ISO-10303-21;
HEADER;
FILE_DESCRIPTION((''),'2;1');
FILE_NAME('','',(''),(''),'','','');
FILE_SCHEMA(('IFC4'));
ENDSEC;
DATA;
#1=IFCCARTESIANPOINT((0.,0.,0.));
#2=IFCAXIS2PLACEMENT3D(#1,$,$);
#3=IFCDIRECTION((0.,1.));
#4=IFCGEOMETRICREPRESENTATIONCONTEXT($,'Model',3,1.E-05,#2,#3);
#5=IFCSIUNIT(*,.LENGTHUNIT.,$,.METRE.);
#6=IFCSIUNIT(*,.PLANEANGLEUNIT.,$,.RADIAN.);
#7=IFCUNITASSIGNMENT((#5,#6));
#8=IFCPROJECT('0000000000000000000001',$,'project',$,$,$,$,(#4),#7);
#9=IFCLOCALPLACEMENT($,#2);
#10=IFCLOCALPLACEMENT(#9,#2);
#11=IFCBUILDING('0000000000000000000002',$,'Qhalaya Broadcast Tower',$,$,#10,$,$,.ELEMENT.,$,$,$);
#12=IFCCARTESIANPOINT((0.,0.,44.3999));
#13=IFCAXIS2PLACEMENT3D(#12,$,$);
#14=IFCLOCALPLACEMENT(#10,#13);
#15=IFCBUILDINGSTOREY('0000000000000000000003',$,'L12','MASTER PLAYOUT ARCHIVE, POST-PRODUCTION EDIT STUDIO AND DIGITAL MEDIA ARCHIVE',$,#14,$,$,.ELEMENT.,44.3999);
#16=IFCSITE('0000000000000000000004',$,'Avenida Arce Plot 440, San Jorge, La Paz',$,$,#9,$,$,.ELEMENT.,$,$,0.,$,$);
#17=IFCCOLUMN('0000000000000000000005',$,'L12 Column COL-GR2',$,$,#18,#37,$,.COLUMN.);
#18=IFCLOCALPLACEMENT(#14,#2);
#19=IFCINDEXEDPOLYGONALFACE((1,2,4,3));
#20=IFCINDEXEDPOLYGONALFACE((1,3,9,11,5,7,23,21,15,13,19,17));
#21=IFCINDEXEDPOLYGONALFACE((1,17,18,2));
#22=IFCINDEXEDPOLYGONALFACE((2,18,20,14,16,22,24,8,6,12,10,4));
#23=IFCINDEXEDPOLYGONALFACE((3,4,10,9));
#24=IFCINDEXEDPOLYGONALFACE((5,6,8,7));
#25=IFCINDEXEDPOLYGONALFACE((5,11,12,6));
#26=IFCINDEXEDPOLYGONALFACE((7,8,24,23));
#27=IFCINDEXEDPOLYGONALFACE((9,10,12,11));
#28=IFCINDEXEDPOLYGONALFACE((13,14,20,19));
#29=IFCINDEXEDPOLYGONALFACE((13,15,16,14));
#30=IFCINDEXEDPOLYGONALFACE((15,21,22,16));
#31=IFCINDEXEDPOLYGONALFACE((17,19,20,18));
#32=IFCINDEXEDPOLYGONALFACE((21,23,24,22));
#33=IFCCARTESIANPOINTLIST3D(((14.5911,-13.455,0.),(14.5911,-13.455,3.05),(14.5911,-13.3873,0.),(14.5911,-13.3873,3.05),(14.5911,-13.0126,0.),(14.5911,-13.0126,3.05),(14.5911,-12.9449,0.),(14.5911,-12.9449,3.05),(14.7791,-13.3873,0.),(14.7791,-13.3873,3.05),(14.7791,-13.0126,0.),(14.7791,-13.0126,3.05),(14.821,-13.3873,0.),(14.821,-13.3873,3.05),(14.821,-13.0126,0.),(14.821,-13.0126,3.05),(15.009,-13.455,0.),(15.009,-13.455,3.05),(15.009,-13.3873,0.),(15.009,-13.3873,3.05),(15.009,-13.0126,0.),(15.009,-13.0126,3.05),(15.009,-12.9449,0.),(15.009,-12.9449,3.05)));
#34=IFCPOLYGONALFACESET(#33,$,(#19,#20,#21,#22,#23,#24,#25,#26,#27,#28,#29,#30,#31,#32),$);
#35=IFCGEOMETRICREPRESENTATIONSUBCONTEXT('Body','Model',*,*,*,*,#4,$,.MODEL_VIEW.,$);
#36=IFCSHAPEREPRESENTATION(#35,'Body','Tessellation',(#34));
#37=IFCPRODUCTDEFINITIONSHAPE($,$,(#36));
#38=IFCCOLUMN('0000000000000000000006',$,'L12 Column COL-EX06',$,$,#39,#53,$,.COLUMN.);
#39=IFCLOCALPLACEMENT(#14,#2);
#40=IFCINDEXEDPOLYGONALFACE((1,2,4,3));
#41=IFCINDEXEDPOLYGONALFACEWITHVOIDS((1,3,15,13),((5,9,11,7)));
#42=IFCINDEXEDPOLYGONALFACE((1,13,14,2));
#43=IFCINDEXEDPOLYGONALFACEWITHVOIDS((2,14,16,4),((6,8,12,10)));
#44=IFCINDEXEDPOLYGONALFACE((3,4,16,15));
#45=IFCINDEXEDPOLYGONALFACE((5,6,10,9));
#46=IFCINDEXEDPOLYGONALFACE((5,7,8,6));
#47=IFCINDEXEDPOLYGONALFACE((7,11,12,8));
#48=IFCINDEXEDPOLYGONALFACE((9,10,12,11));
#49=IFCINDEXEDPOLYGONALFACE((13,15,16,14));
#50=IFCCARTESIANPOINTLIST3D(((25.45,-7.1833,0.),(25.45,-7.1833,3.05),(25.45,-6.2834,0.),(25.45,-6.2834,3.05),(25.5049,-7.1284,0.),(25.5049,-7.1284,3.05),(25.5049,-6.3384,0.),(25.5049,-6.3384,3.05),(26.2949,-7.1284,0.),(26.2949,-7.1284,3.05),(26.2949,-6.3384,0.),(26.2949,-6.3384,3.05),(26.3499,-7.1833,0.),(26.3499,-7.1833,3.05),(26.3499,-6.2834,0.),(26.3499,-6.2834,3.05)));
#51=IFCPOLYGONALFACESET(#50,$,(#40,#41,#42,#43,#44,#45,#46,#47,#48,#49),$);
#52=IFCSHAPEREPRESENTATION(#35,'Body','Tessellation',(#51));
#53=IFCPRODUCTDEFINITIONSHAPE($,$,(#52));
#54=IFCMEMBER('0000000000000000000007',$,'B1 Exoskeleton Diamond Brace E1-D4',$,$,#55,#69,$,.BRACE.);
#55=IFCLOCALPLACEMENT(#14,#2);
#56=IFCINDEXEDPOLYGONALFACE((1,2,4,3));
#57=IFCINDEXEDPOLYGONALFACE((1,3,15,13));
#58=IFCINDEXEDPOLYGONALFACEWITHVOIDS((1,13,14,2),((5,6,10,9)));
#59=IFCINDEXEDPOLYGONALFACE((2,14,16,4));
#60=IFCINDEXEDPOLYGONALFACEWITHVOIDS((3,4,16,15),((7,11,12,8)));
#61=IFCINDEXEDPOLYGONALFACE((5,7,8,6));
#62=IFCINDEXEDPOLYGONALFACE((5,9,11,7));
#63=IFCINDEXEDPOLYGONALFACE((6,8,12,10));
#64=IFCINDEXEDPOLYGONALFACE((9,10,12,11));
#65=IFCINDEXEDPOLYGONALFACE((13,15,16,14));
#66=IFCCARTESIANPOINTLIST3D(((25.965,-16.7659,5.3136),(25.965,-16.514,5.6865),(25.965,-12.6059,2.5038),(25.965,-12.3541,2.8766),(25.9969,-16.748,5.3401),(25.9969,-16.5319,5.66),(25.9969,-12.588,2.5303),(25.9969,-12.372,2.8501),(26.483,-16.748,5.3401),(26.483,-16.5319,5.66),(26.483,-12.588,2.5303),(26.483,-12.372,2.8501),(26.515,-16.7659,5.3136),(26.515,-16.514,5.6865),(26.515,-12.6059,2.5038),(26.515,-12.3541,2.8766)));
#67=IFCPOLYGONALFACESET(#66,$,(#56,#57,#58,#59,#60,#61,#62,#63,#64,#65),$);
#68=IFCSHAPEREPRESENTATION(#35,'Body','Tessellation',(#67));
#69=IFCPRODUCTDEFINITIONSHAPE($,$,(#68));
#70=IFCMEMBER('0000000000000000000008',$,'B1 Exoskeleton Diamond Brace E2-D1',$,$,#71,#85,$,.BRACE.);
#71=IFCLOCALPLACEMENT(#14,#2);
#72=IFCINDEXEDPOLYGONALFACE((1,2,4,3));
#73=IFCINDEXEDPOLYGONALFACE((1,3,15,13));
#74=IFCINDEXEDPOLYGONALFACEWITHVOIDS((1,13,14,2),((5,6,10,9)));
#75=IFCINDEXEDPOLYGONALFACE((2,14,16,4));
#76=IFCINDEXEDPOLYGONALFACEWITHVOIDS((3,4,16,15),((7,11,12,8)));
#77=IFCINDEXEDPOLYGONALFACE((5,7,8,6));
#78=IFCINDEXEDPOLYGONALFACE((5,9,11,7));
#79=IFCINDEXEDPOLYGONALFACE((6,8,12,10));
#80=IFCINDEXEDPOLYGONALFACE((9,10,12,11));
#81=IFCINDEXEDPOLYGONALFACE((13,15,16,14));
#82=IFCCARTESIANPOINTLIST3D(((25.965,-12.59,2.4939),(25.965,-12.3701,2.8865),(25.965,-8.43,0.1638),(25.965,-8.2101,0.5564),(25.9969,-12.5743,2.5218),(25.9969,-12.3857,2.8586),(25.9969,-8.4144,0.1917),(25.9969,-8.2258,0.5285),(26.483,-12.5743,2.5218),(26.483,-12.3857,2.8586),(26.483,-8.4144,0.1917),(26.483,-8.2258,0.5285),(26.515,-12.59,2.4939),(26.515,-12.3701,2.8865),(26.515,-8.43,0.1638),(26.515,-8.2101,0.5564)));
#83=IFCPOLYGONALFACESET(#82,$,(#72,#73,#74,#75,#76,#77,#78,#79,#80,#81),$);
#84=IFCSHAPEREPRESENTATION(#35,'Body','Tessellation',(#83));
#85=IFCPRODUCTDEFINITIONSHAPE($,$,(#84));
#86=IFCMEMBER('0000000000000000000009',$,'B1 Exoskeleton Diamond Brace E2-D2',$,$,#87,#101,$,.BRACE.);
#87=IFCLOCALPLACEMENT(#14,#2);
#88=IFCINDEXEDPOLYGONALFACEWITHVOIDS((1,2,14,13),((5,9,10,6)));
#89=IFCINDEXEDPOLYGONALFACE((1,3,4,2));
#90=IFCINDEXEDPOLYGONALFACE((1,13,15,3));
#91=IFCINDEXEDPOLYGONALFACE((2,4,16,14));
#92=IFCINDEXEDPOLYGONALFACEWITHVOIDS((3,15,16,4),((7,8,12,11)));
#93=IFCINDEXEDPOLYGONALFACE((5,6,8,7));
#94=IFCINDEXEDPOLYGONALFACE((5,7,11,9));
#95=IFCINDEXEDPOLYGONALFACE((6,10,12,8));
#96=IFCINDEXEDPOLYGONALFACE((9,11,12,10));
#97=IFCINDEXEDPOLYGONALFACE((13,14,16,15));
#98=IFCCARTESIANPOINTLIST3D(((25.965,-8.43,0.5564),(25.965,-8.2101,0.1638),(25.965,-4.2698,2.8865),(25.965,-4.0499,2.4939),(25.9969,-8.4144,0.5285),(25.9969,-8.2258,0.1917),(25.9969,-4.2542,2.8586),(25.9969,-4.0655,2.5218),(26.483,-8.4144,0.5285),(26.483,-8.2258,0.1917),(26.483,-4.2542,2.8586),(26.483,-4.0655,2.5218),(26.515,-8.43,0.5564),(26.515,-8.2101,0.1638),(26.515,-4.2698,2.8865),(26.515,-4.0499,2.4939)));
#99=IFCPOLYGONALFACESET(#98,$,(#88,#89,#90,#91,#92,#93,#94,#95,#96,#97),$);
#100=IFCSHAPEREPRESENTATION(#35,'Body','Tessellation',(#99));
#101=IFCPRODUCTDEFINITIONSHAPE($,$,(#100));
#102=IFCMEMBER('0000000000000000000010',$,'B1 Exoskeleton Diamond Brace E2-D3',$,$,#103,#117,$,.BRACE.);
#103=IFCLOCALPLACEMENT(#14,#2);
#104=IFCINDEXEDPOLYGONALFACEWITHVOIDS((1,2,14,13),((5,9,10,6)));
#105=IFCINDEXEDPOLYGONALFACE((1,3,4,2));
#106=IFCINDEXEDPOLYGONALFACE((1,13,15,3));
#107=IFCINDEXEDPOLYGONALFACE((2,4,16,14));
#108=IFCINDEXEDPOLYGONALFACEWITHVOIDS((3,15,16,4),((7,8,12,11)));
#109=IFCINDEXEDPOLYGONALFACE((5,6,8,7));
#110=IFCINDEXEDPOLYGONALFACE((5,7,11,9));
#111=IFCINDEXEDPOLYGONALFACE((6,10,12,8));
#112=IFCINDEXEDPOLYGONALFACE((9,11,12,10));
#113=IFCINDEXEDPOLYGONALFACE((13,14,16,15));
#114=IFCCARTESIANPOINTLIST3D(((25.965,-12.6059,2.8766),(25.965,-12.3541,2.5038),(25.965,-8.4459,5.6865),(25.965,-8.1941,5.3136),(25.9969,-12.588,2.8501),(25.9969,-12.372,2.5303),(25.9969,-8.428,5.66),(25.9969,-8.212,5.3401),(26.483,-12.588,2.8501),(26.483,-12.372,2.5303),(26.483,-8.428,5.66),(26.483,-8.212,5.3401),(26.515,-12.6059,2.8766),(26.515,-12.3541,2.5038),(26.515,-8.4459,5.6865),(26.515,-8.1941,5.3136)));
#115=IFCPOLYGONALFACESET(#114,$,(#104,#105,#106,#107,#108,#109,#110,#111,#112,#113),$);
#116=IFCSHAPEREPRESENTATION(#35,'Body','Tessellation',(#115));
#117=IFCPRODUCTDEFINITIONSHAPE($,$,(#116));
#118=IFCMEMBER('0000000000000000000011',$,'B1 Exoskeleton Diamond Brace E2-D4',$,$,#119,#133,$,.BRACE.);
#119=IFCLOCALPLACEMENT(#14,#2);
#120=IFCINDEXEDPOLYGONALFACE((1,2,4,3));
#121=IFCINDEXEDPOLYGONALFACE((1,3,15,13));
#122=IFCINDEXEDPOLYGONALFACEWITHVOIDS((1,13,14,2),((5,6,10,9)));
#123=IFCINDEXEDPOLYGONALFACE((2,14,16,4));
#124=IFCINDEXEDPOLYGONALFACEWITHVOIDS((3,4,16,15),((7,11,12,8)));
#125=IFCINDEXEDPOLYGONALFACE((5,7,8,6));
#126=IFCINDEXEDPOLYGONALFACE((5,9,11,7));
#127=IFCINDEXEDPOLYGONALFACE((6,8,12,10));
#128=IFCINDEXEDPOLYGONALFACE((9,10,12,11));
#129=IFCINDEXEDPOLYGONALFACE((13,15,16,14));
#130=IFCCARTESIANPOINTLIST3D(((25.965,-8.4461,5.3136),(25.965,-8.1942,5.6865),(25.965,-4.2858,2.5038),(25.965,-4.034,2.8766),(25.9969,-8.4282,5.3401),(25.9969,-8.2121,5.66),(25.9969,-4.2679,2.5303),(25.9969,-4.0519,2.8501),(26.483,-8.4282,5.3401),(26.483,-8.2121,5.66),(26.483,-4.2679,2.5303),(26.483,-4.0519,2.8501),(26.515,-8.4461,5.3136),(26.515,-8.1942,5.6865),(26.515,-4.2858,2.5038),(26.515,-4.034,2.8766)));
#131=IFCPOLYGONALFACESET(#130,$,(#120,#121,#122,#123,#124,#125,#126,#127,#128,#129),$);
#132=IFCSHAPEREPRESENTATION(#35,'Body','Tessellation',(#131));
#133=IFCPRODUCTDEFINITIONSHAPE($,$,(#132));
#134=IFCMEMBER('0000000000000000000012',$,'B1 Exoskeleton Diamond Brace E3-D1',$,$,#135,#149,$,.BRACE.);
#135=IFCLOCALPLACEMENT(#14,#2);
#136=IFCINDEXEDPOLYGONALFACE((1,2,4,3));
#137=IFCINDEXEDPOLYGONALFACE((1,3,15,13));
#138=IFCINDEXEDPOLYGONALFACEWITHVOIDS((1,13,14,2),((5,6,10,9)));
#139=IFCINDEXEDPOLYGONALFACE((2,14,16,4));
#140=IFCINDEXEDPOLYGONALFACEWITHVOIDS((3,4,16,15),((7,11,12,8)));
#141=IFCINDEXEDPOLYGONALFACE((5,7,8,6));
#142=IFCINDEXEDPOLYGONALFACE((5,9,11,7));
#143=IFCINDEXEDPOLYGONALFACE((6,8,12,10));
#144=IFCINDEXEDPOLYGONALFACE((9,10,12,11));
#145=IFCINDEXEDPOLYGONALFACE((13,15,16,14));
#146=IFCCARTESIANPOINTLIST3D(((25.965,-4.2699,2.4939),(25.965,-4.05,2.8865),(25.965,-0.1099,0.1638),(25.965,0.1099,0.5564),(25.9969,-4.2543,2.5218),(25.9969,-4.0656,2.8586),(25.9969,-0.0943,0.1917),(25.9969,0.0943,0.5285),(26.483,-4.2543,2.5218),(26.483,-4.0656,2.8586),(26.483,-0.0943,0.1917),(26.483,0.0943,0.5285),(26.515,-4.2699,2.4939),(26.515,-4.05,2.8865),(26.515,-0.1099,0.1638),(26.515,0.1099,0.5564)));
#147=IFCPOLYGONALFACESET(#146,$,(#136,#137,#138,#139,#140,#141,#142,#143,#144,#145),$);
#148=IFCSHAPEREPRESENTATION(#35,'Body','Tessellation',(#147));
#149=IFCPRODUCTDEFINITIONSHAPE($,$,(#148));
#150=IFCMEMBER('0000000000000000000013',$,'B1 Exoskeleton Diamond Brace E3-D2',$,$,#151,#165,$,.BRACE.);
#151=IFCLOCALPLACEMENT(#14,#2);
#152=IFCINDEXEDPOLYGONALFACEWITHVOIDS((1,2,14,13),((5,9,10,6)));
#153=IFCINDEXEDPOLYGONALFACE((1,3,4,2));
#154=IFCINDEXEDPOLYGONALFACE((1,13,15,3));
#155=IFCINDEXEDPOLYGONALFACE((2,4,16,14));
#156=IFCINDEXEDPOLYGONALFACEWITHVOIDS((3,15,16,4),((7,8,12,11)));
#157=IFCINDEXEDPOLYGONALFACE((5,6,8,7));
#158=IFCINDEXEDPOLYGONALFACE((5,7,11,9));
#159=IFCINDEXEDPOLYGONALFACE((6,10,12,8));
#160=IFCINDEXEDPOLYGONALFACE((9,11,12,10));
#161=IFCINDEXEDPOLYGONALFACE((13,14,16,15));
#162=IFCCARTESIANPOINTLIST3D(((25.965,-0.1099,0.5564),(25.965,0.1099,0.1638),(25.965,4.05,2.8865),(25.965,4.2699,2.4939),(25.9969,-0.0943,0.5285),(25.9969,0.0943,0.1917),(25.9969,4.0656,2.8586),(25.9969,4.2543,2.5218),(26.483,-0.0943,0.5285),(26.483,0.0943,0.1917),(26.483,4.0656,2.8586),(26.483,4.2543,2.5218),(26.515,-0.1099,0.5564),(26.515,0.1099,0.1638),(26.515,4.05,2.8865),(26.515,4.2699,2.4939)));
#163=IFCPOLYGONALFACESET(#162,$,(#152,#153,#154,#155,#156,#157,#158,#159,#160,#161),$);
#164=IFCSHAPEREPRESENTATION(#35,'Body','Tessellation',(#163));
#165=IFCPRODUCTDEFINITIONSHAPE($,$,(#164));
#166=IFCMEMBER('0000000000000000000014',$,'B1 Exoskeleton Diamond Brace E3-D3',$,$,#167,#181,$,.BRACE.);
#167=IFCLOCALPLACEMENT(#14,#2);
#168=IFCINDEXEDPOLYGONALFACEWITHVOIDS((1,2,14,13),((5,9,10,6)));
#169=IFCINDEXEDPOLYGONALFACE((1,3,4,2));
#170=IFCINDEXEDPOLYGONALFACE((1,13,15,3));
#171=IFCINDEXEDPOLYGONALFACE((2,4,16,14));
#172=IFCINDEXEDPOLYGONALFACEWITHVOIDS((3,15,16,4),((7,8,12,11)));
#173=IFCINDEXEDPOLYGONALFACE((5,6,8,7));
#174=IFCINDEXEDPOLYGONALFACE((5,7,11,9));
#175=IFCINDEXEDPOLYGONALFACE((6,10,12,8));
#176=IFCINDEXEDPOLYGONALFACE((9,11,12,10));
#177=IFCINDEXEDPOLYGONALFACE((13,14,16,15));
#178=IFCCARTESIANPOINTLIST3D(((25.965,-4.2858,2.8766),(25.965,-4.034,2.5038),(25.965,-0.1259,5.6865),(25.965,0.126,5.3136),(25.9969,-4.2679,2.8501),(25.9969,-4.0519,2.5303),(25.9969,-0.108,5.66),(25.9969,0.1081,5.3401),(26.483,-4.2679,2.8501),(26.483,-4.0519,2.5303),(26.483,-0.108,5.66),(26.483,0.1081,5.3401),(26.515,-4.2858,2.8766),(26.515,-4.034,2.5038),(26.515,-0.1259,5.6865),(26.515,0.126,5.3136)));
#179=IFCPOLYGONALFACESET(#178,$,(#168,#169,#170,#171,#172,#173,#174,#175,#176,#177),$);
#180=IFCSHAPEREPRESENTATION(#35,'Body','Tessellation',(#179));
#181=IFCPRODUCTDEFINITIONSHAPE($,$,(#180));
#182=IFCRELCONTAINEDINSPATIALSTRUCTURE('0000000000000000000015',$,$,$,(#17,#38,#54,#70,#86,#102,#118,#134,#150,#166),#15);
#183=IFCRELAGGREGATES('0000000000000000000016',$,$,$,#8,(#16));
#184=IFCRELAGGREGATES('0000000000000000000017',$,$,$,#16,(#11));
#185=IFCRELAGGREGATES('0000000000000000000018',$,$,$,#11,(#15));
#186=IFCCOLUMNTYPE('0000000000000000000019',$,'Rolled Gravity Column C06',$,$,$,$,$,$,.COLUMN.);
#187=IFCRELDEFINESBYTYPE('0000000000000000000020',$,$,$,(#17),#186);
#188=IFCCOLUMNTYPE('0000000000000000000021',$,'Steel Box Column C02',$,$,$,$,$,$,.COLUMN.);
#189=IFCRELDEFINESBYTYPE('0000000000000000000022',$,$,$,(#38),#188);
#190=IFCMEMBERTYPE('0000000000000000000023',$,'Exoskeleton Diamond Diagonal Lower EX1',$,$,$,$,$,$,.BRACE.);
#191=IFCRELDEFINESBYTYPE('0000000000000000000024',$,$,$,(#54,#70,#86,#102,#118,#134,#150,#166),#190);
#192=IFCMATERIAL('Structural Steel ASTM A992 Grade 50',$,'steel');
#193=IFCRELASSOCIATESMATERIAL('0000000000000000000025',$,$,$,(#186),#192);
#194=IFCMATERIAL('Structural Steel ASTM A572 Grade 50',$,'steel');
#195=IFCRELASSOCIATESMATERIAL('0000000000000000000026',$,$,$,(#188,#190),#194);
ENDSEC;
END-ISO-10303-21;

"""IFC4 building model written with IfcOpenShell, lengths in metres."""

from ifc_helpers import new_model, si_unit, direction, frame, origin, origin_2d, place, context, subcontext, project, spatial, hollow_rectangle, i_section, extrude, material, material_profile, profile_set, type_object, element, save


model = new_model("IFC4")

# Units and contexts
model_context = context("Model", 3, precision=1e-05, world=origin(), true_north=direction((0.0, 1.0)))
body_context = subcontext(model_context, "Body", "Model", "MODEL_VIEW")
ifc_project = project(units=[si_unit("LENGTHUNIT", "METRE"), si_unit("PLANEANGLEUNIT", "RADIAN")], contexts=[model_context])

# Site, building, storey
site_placement = place(None, origin())
site = spatial("IfcSite", under=ifc_project, at=site_placement, Name="Avenida Arce Plot 440, San Jorge, La Paz", CompositionType="ELEMENT", RefElevation=0.0)
building_placement = place(site_placement, origin())
building = spatial("IfcBuilding", under=site, at=building_placement, Name="Qhalaya Broadcast Tower", CompositionType="ELEMENT")
storey_placement = place(building_placement, frame((0.0, 0.0, 44.3999)))
storey = spatial("IfcBuildingStorey", under=building, at=storey_placement, Name="L12", Description="MASTER PLAYOUT ARCHIVE, POST-PRODUCTION EDIT STUDIO AND DIGITAL MEDIA ARCHIVE", CompositionType="ELEMENT", Elevation=44.3999)

# Columns
ifc_material_1 = material(Name="Structural Steel ASTM A992 Grade 50", Category="steel")
ifc_material_profile_1 = material_profile(ifc_material_1, i_section(OverallWidth=0.418, OverallDepth=0.51, WebThickness=0.042, FlangeThickness=0.0676, at=origin_2d()), Name="W14X370")
ifc_profile_set_1 = profile_set([ifc_material_profile_1], Name="Structural Steel ASTM A992 Grade 50")
column_type_1 = type_object("IfcColumnType", Name="Rolled Gravity Column C06", PredefinedType="COLUMN", material=ifc_profile_set_1)
column_1_placement = place(storey_placement, frame((14.8, -13.2, 0.0), z_axis=(0.0, 0.0, 1.0), x_axis=(1.0, 0.0, 0.0)))
element("IfcColumn", 1, at=column_1_placement, inside=storey, type_object=column_type_1, Name="L12 Column COL-GR2", PredefinedType="COLUMN", context=body_context, shape_type="SweptSolid", body=[
    extrude(i_section(OverallWidth=0.418, OverallDepth=0.51, WebThickness=0.042, FlangeThickness=0.0676, at=origin_2d()), origin(), (0.0, 0.0, 1.0), 3.05),
])
ifc_material_2 = material(Name="Structural Steel ASTM A572 Grade 50", Category="steel")
ifc_material_profile_2 = material_profile(ifc_material_2, hollow_rectangle(XDim=0.8999, YDim=0.8999, WallThickness=0.0549, at=origin_2d()), Name="BOX 900x900x55")
ifc_profile_set_2 = profile_set([ifc_material_profile_2], Name="Structural Steel ASTM A572 Grade 50")
column_type_2 = type_object("IfcColumnType", Name="Steel Box Column C02", PredefinedType="COLUMN", material=ifc_profile_set_2)
column_2_placement = place(storey_placement, frame((25.8999, -6.7334, 0.0), z_axis=(0.0, 0.0, 1.0), x_axis=(0.0, 1.0, 0.0)))
element("IfcColumn", 2, at=column_2_placement, inside=storey, type_object=column_type_2, Name="L12 Column COL-EX06", PredefinedType="COLUMN", context=body_context, shape_type="SweptSolid", body=[
    extrude(hollow_rectangle(XDim=0.8999, YDim=0.8999, WallThickness=0.0549, at=origin_2d()), origin(), (0.0, 0.0, 1.0), 3.05),
])

# Members
ifc_material_profile_3 = material_profile(ifc_material_2, hollow_rectangle(XDim=0.45, YDim=0.55, WallThickness=0.032, at=origin_2d()), Name="BOX 450x550x32")
ifc_profile_set_3 = profile_set([ifc_material_profile_3], Name="Structural Steel ASTM A572 Grade 50")
member_type = type_object("IfcMemberType", Name="Exoskeleton Diamond Diagonal Lower EX1", PredefinedType="BRACE", material=ifc_profile_set_3)
member_1_placement = place(storey_placement, frame((26.24, -12.48, 2.6902), z_axis=(0.0, -0.828676, 0.559729), x_axis=(0.0, 0.559729, 0.828676)))
element("IfcMember", 3, at=member_1_placement, inside=storey, type_object=member_type, Name="B1 Exoskeleton Diamond Brace E1-D4", PredefinedType="BRACE", context=body_context, shape_type="SweptSolid", body=[
    extrude(hollow_rectangle(XDim=0.45, YDim=0.55, WallThickness=0.032, at=origin_2d()), origin(), (0.0, 0.0, 1.0), 5.02),
])
member_2_placement = place(storey_placement, frame((26.24, -8.3201, 0.3601), z_axis=(0.0, -0.872459, 0.488688), x_axis=(0.0, 0.488688, 0.872459)))
element("IfcMember", 4, at=member_2_placement, inside=storey, type_object=member_type, Name="B1 Exoskeleton Diamond Brace E2-D1", PredefinedType="BRACE", context=body_context, shape_type="SweptSolid", body=[
    extrude(hollow_rectangle(XDim=0.45, YDim=0.55, WallThickness=0.032, at=origin_2d()), origin(), (0.0, 0.0, 1.0), 4.7681),
])
member_3_placement = place(storey_placement, frame((26.24, -8.3201, 0.3601), z_axis=(0.0, 0.872471, 0.488666), x_axis=(0.0, -0.488666, 0.872471)))
element("IfcMember", 5, at=member_3_placement, inside=storey, type_object=member_type, Name="B1 Exoskeleton Diamond Brace E2-D2", PredefinedType="BRACE", context=body_context, shape_type="SweptSolid", body=[
    extrude(hollow_rectangle(XDim=0.45, YDim=0.55, WallThickness=0.032, at=origin_2d()), origin(), (0.0, 0.0, 1.0), 4.7683),
])
member_4_placement = place(storey_placement, frame((26.24, -12.48, 2.6902), z_axis=(0.0, 0.828676, 0.559729), x_axis=(0.0, -0.559729, 0.828676)))
element("IfcMember", 6, at=member_4_placement, inside=storey, type_object=member_type, Name="B1 Exoskeleton Diamond Brace E2-D3", PredefinedType="BRACE", context=body_context, shape_type="SweptSolid", body=[
    extrude(hollow_rectangle(XDim=0.45, YDim=0.55, WallThickness=0.032, at=origin_2d()), origin(), (0.0, 0.0, 1.0), 5.02),
])
member_5_placement = place(storey_placement, frame((26.24, -4.1599, 2.6902), z_axis=(0.0, -0.828691, 0.559707), x_axis=(0.0, 0.559707, 0.828691)))
element("IfcMember", 7, at=member_5_placement, inside=storey, type_object=member_type, Name="B1 Exoskeleton Diamond Brace E2-D4", PredefinedType="BRACE", context=body_context, shape_type="SweptSolid", body=[
    extrude(hollow_rectangle(XDim=0.45, YDim=0.55, WallThickness=0.032, at=origin_2d()), origin(), (0.0, 0.0, 1.0), 5.0203),
])
for number, where, z_axis, x_axis, name in (
    (8, (26.24, 0.0, 0.3601), (0.0, -0.872459, 0.488688), (0.0, 0.488688, 0.872459), "B1 Exoskeleton Diamond Brace E3-D1"),
    (9, (26.24, 0.0, 0.3601), (0.0, 0.872459, 0.488688), (0.0, -0.488688, 0.872459), "B1 Exoskeleton Diamond Brace E3-D2"),
):
    element("IfcMember", number, at=place(storey_placement, frame(where, z_axis=z_axis, x_axis=x_axis)), inside=storey, type_object=member_type, Name=name, PredefinedType="BRACE", context=body_context, shape_type="SweptSolid", body=[
        extrude(hollow_rectangle(XDim=0.45, YDim=0.55, WallThickness=0.032, at=origin_2d()), origin(), (0.0, 0.0, 1.0), 4.7681),
    ])
member_6_placement = place(storey_placement, frame((26.24, -4.1599, 2.6902), z_axis=(0.0, 0.828676, 0.559729), x_axis=(0.0, -0.559729, 0.828676)))
element("IfcMember", 10, at=member_6_placement, inside=storey, type_object=member_type, Name="B1 Exoskeleton Diamond Brace E3-D3", PredefinedType="BRACE", context=body_context, shape_type="SweptSolid", body=[
    extrude(hollow_rectangle(XDim=0.45, YDim=0.55, WallThickness=0.032, at=origin_2d()), origin(), (0.0, 0.0, 1.0), 5.02),
])

save(model, "model.ifc")
